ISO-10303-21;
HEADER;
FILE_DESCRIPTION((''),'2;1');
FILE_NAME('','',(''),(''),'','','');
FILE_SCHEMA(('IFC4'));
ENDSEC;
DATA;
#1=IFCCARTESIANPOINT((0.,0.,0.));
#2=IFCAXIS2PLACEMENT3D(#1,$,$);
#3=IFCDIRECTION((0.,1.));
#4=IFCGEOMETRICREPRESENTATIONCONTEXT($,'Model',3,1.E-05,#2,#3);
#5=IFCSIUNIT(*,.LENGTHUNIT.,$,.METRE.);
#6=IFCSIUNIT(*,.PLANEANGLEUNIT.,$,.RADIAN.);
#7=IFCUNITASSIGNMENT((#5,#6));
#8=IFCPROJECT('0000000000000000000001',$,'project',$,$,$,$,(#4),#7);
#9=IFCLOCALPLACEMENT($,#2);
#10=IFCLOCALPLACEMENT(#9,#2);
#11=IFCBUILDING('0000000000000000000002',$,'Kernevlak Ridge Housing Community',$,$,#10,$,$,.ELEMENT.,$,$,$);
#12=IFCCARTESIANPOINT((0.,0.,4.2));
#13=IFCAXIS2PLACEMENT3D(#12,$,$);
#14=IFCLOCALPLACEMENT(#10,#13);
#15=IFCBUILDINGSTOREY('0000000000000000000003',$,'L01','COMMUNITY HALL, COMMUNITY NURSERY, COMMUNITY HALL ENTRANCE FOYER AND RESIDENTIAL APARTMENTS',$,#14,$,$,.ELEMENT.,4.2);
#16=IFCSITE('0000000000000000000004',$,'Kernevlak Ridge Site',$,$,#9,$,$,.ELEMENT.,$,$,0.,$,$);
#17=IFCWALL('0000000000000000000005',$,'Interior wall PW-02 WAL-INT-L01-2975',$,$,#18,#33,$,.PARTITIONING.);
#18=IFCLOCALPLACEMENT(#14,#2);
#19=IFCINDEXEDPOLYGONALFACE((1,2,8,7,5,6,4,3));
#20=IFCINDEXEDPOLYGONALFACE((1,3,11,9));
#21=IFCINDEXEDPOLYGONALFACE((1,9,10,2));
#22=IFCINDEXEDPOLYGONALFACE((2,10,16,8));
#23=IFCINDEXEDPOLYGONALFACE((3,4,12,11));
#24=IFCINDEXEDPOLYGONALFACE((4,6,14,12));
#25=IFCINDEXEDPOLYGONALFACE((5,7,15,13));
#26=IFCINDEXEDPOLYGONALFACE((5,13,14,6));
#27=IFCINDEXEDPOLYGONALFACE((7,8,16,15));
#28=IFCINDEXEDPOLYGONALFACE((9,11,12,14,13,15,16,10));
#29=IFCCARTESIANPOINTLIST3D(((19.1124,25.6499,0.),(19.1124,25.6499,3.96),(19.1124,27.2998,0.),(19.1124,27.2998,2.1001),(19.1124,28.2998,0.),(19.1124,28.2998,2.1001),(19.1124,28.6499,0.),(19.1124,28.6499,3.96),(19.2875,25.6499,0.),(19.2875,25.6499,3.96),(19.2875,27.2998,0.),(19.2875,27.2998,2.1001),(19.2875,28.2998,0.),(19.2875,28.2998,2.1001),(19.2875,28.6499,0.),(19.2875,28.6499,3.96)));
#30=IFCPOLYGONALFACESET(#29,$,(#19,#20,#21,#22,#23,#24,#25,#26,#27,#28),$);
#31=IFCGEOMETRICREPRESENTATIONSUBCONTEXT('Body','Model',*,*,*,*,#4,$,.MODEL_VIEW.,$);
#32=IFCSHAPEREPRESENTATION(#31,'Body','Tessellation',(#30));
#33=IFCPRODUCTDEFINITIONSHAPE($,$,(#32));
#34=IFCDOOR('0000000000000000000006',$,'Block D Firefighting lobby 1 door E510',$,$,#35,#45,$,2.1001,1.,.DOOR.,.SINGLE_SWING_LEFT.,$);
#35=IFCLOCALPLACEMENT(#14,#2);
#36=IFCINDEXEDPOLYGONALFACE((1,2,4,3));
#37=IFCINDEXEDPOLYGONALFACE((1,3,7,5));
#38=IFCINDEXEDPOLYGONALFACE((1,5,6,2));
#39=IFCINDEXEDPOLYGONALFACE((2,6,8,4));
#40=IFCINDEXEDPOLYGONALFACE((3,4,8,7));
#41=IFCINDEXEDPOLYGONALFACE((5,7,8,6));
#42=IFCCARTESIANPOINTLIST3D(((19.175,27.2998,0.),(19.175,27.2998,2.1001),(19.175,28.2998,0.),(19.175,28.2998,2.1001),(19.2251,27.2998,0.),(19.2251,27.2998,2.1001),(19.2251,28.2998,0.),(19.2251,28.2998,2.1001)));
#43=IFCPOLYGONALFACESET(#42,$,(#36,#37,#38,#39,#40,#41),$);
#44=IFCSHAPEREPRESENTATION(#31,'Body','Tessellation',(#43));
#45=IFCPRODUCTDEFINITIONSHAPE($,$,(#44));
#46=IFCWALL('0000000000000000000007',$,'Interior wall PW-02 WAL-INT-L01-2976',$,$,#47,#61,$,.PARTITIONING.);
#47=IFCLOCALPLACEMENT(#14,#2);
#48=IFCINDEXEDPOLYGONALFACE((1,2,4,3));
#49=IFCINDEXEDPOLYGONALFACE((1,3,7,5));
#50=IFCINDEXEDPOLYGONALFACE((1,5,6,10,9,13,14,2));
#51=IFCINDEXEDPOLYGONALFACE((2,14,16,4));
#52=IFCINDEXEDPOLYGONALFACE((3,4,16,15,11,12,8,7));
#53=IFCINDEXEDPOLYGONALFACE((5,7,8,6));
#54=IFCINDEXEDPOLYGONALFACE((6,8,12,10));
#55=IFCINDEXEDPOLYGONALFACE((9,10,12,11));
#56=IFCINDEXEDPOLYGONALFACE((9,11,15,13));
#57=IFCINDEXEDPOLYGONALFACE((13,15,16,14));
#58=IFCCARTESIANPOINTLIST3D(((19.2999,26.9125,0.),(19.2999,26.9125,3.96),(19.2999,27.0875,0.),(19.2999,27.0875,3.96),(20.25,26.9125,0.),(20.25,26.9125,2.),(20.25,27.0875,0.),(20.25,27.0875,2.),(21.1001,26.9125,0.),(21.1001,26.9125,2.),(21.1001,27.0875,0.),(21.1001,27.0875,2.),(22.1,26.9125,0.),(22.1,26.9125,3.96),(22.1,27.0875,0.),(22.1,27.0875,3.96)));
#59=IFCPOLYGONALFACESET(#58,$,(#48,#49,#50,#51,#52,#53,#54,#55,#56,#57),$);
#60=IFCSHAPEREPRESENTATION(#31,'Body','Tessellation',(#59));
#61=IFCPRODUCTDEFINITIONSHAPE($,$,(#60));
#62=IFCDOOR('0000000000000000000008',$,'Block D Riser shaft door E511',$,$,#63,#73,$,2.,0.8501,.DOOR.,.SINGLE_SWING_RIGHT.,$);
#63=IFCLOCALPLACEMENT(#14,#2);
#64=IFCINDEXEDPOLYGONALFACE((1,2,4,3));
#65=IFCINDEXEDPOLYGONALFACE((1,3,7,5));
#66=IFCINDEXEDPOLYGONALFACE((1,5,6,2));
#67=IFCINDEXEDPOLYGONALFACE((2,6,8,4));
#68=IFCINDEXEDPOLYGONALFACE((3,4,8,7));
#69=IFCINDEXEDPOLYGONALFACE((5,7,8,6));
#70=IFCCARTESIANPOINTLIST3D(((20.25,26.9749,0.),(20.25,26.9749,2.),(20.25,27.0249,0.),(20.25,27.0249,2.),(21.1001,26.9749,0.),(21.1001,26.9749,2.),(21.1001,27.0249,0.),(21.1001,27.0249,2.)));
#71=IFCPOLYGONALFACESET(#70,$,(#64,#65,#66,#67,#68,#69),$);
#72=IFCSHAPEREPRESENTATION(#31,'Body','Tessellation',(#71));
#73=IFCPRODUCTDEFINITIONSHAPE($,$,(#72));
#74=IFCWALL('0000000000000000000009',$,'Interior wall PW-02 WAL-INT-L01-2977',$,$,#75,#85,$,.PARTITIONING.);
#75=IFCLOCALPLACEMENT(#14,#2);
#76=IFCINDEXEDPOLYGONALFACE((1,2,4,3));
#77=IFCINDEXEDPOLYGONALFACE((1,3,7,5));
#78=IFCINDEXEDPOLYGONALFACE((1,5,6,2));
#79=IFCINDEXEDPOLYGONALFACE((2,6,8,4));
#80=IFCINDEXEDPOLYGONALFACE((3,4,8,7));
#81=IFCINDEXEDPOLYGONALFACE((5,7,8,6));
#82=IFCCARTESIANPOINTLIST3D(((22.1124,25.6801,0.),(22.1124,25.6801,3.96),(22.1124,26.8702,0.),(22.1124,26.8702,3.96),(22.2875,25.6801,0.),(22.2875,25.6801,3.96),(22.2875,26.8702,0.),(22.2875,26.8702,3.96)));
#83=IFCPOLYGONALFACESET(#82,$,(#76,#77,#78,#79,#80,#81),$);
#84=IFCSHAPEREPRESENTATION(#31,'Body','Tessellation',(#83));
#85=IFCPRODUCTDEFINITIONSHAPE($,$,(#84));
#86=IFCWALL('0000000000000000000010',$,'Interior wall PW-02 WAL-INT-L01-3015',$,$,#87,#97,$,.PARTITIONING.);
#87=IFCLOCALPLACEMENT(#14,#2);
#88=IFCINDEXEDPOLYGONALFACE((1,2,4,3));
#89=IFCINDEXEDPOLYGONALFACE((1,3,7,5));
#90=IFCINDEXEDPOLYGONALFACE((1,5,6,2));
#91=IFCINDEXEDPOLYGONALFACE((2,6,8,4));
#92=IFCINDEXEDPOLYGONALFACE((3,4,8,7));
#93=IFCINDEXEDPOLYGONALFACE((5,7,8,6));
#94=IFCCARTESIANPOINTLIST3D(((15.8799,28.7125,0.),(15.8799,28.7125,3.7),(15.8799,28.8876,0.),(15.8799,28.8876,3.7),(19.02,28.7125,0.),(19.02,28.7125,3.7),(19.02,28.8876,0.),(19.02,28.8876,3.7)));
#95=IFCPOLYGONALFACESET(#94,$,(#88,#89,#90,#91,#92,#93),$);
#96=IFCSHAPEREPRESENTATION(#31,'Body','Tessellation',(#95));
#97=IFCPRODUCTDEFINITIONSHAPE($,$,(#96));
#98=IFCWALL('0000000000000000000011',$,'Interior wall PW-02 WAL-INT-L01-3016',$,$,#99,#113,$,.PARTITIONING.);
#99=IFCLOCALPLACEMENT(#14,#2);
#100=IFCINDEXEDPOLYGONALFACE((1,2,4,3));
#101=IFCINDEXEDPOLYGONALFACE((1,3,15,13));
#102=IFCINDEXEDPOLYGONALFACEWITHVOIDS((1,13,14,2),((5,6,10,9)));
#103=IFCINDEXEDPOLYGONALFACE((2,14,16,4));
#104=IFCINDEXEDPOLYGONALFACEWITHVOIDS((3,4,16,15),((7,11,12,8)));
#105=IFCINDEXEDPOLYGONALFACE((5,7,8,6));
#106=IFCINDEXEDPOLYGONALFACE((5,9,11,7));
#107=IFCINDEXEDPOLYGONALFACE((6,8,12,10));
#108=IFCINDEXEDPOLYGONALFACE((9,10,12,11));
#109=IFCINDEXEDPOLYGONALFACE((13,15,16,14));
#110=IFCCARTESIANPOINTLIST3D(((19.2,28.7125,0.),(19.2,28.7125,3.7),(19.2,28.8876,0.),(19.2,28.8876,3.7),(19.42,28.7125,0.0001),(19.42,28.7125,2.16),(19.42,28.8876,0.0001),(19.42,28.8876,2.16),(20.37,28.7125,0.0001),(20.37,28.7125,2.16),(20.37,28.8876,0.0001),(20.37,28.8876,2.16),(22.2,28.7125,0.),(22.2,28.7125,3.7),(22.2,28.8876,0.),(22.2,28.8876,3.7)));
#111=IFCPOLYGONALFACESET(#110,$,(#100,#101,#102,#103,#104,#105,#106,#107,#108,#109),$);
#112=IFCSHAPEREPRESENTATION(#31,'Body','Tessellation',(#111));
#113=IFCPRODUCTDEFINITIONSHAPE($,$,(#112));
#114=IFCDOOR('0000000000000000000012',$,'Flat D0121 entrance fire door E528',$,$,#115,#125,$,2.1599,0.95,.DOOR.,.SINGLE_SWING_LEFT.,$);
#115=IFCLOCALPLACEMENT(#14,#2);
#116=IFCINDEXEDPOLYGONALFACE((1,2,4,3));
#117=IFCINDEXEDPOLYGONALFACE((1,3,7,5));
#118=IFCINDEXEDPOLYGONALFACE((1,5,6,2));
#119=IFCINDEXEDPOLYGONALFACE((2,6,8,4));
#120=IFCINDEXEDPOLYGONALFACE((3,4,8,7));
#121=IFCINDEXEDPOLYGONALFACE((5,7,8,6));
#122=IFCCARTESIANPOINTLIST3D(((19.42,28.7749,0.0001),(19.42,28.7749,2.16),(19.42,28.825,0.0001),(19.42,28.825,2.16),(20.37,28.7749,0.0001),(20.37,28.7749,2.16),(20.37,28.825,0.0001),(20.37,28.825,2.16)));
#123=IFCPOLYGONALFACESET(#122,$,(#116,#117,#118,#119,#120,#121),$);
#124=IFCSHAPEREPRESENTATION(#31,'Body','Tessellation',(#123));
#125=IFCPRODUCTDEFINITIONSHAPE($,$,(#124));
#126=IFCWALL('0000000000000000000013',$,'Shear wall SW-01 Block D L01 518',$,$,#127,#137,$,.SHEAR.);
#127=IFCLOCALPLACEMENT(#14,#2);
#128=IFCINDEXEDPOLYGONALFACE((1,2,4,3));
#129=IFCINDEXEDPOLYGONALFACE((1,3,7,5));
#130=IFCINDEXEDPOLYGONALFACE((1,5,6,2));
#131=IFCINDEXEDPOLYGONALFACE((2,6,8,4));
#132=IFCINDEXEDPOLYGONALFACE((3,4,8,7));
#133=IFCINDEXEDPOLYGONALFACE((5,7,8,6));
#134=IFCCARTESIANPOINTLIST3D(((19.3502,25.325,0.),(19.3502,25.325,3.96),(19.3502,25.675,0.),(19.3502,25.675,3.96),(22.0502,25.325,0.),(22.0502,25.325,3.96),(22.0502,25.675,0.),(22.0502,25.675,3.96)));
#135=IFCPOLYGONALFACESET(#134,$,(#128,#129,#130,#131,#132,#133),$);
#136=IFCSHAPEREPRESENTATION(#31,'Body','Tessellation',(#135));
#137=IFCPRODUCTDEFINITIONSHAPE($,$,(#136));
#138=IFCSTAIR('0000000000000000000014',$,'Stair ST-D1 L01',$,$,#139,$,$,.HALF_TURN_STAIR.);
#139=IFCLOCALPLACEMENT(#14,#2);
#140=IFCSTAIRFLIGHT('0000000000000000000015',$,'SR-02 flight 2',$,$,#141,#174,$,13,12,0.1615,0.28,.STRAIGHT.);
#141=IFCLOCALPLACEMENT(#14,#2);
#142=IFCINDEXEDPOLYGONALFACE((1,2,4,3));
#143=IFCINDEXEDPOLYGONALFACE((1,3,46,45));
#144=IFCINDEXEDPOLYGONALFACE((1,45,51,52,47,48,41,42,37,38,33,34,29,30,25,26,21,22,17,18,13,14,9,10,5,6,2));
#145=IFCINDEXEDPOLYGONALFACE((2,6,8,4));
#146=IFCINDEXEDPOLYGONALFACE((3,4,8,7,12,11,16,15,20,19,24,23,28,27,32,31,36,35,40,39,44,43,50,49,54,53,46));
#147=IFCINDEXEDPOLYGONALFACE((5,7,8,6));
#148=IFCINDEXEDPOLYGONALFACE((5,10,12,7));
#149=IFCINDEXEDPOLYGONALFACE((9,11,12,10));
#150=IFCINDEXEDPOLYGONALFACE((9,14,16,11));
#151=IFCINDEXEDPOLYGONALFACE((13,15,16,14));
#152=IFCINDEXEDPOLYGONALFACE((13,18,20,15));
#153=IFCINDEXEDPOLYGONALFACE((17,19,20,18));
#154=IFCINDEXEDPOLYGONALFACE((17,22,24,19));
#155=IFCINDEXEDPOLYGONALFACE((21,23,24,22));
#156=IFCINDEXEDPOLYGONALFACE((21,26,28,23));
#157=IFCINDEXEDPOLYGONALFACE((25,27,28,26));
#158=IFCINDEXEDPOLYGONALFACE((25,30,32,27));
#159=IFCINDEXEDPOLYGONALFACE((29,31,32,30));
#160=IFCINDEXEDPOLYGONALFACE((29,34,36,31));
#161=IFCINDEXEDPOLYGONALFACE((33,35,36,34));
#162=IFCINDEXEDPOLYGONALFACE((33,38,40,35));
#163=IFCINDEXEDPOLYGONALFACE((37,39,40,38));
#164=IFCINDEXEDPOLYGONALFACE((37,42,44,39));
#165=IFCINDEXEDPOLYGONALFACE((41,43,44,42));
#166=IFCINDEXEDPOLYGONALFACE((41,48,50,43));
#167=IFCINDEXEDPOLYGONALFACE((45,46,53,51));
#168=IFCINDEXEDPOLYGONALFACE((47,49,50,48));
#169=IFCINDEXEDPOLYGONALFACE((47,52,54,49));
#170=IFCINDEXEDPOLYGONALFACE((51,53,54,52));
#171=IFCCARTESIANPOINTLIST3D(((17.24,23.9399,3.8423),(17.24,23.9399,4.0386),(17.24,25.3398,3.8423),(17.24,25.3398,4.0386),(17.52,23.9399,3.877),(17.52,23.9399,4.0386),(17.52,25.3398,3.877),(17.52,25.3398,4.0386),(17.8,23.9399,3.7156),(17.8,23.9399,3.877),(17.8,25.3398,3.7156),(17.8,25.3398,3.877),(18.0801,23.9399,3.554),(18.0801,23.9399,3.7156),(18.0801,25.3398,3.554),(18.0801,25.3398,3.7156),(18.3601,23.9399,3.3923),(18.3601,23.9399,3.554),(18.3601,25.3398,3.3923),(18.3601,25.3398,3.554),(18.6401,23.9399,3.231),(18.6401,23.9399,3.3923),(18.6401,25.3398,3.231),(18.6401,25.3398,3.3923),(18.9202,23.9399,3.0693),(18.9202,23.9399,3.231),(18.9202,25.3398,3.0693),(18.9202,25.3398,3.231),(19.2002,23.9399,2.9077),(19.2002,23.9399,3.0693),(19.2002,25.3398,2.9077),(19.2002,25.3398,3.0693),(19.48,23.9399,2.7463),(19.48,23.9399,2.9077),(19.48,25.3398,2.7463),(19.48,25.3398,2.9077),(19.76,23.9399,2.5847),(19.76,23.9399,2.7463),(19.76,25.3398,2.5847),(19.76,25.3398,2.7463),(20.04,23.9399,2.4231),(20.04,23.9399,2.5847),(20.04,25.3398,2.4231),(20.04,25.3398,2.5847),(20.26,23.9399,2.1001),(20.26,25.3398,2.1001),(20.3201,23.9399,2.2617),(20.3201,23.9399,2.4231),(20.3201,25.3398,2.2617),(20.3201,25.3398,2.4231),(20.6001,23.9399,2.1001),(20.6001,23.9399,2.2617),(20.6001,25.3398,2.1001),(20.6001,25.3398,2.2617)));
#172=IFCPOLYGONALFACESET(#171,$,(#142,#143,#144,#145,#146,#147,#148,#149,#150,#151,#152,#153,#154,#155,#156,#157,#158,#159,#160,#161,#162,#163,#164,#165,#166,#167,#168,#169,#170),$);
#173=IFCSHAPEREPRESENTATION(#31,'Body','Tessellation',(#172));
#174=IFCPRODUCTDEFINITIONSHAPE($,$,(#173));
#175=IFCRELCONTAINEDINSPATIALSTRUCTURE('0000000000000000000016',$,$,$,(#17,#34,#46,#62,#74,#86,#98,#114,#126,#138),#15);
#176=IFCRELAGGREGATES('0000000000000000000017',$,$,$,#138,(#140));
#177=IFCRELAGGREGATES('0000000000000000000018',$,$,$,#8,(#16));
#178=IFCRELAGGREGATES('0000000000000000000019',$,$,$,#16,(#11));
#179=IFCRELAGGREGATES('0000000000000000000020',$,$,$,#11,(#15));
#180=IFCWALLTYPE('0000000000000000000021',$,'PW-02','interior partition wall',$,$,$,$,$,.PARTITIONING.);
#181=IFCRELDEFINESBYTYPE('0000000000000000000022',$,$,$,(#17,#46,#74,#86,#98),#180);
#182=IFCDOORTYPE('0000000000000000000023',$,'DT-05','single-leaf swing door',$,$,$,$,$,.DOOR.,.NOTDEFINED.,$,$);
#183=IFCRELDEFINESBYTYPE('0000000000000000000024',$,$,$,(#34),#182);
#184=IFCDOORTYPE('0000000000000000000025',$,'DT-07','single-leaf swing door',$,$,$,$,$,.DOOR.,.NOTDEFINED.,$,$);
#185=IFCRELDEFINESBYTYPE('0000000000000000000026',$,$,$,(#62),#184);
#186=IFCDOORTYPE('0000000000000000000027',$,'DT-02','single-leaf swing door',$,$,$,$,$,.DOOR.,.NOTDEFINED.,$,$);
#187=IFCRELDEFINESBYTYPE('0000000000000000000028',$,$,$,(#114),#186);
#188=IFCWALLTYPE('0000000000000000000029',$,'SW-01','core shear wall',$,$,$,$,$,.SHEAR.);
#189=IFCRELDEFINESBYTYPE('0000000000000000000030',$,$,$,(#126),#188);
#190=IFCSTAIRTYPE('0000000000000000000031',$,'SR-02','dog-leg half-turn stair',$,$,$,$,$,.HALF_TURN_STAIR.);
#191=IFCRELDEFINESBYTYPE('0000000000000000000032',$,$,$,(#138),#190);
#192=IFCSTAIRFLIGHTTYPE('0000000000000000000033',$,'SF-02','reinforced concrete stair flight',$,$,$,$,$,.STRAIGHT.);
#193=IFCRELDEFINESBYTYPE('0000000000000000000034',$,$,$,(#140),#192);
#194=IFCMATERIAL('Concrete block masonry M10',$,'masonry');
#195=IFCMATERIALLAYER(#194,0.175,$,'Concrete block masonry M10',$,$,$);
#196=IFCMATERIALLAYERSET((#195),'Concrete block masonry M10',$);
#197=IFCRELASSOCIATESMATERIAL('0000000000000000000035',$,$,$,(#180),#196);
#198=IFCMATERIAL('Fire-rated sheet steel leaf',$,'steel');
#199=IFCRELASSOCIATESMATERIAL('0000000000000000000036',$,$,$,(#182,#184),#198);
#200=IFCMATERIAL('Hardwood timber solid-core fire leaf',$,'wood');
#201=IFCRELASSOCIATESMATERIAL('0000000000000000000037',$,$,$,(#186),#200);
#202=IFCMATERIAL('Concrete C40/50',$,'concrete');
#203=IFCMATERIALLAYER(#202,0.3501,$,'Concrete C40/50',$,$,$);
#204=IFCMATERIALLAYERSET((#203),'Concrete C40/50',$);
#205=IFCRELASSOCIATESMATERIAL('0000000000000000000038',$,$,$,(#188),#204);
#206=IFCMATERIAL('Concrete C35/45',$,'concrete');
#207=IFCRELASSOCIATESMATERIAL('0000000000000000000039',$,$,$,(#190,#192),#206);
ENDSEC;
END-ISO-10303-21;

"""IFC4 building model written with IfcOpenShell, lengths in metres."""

from ifc_helpers import new_model, si_unit, direction, frame, frame_2d, origin, place, context, subcontext, project, spatial, polyline, rectangle, outline, extrude, material, layer, layer_set, type_object, element, fill, aggregate, save


model = new_model("IFC4")

# Units and contexts
model_context = context("Model", 3, precision=1e-05, world=origin(), true_north=direction((0.0, 1.0)))
body_context = subcontext(model_context, "Body", "Model", "MODEL_VIEW")
ifc_project = project(units=[si_unit("LENGTHUNIT", "METRE"), si_unit("PLANEANGLEUNIT", "RADIAN")], contexts=[model_context])

# Site, building, storey
site_placement = place(None, origin())
site = spatial("IfcSite", under=ifc_project, at=site_placement, Name="Kernevlak Ridge Site", CompositionType="ELEMENT", RefElevation=0.0)
building_placement = place(site_placement, origin())
building = spatial("IfcBuilding", under=site, at=building_placement, Name="Kernevlak Ridge Housing Community", CompositionType="ELEMENT")
storey_placement = place(building_placement, frame((0.0, 0.0, 4.2)))
storey = spatial("IfcBuildingStorey", under=building, at=storey_placement, Name="L01", Description="COMMUNITY HALL, COMMUNITY NURSERY, COMMUNITY HALL ENTRANCE FOYER AND RESIDENTIAL APARTMENTS", CompositionType="ELEMENT", Elevation=4.2)

# Shared definitions
ifc_material_1 = material(Name="Concrete C35/45", Category="concrete")

# Walls, openings, doors
ifc_material_2 = material(Name="Fire-rated sheet steel leaf", Category="steel")
ifc_material_3 = material(Name="Concrete block masonry M10", Category="masonry")
ifc_layer_1 = layer(ifc_material_3, 0.175, Name="Concrete block masonry M10")
ifc_layer_set_1 = layer_set([ifc_layer_1], Name="Concrete block masonry M10")
wall_type_1 = type_object("IfcWallType", Name="PW-02", Description="interior partition wall", PredefinedType="PARTITIONING", material=ifc_layer_set_1)
wall_1_placement = place(storey_placement, frame((19.2, 25.6499, 0.0), z_axis=(0.0, 0.0, 1.0), x_axis=(0.0, 1.0, 0.0)))
wall_1 = element("IfcWall", 1, at=wall_1_placement, inside=storey, type_object=wall_type_1, Name="Interior wall PW-02 WAL-INT-L01-2975", PredefinedType="PARTITIONING", context=body_context, shape_type="SweptSolid", body=[
    extrude(rectangle(XDim=3.0, YDim=0.175, at=frame_2d((1.5, 0.0))), origin(), (0.0, 0.0, 1.0), 3.96),
])
opening_1_placement = place(wall_1_placement, frame((1.6499, 0.0, 0.0)))
opening_1 = element("IfcOpeningElement", 2, at=opening_1_placement, cuts=wall_1, PredefinedType="OPENING", context=body_context, shape_type="SweptSolid", body=[
    extrude(rectangle(XDim=1.0, YDim=2.1001, at=frame_2d((0.5, 1.05))), frame((0.0, 0.0974, 0.0), z_axis=(0.0, -1.0, 0.0), x_axis=(1.0, 0.0, 0.0)), (0.0, 0.0, 1.0), 0.1951),
])
door_type_1 = type_object("IfcDoorType", Name="DT-05", Description="single-leaf swing door", OperationType="NOTDEFINED", PredefinedType="DOOR", material=ifc_material_2)
door_1_placement = place(opening_1_placement, origin())
door_1 = element("IfcDoor", 3, at=door_1_placement, inside=storey, type_object=door_type_1, Name="Block D Firefighting lobby 1 door E510", OperationType="SINGLE_SWING_LEFT", OverallHeight=2.1001, OverallWidth=1.0, PredefinedType="DOOR", context=body_context, shape_type="SweptSolid", body=[
    extrude(rectangle(XDim=1.0, YDim=2.1001, at=frame_2d((0.5, 1.05))), frame((0.0, 0.0249, 0.0), z_axis=(0.0, -1.0, 0.0), x_axis=(1.0, 0.0, 0.0)), (0.0, 0.0, 1.0), 0.05),
])
fill(opening_1, door_1)
wall_2_placement = place(storey_placement, frame((19.3, 27.0, 0.0), z_axis=(0.0, 0.0, 1.0), x_axis=(1.0, 0.0, 0.0)))
wall_2 = element("IfcWall", 4, at=wall_2_placement, inside=storey, type_object=wall_type_1, Name="Interior wall PW-02 WAL-INT-L01-2976", PredefinedType="PARTITIONING", context=body_context, shape_type="SweptSolid", body=[
    extrude(rectangle(XDim=2.8, YDim=0.175, at=frame_2d((1.3999, 0.0))), origin(), (0.0, 0.0, 1.0), 3.96),
])
opening_2_placement = place(wall_2_placement, frame((0.95, 0.0, 0.0)))
opening_2 = element("IfcOpeningElement", 5, at=opening_2_placement, cuts=wall_2, PredefinedType="OPENING", context=body_context, shape_type="SweptSolid", body=[
    extrude(rectangle(XDim=0.8501, YDim=2.0, at=frame_2d((0.425, 1.0))), frame((0.0, 0.0974, 0.0), z_axis=(0.0, -1.0, 0.0), x_axis=(1.0, 0.0, 0.0)), (0.0, 0.0, 1.0), 0.1951),
])
door_type_2 = type_object("IfcDoorType", Name="DT-07", Description="single-leaf swing door", OperationType="NOTDEFINED", PredefinedType="DOOR", material=ifc_material_2)
door_2_placement = place(opening_2_placement, origin())
door_2 = element("IfcDoor", 6, at=door_2_placement, inside=storey, type_object=door_type_2, Name="Block D Riser shaft door E511", OperationType="SINGLE_SWING_RIGHT", OverallHeight=2.0, OverallWidth=0.8501, PredefinedType="DOOR", context=body_context, shape_type="SweptSolid", body=[
    extrude(rectangle(XDim=0.8501, YDim=2.0, at=frame_2d((0.425, 1.0))), frame((0.0, 0.0249, 0.0), z_axis=(0.0, -1.0, 0.0), x_axis=(1.0, 0.0, 0.0)), (0.0, 0.0, 1.0), 0.05),
])
fill(opening_2, door_2)

# Walls
wall_3_placement = place(storey_placement, frame((22.2, 25.6799, 0.0), z_axis=(0.0, 0.0, 1.0), x_axis=(0.0, 1.0, 0.0)))
element("IfcWall", 7, at=wall_3_placement, inside=storey, type_object=wall_type_1, Name="Interior wall PW-02 WAL-INT-L01-2977", PredefinedType="PARTITIONING", context=body_context, shape_type="SweptSolid", body=[
    extrude(rectangle(XDim=1.1902, YDim=0.175, at=frame_2d((0.5952, 0.0))), origin(), (0.0, 0.0, 1.0), 3.96),
])
wall_4_placement = place(storey_placement, frame((15.8799, 28.8, 0.0), z_axis=(0.0, 0.0, 1.0), x_axis=(1.0, 0.0, 0.0)))
element("IfcWall", 8, at=wall_4_placement, inside=storey, type_object=wall_type_1, Name="Interior wall PW-02 WAL-INT-L01-3015", PredefinedType="PARTITIONING", context=body_context, shape_type="SweptSolid", body=[
    extrude(rectangle(XDim=3.1401, YDim=0.175, at=frame_2d((1.5701, 0.0))), origin(), (0.0, 0.0, 1.0), 3.7),
])

# Wall, opening, door
wall_5_placement = place(storey_placement, frame((19.2, 28.8, 0.0), z_axis=(0.0, 0.0, 1.0), x_axis=(1.0, 0.0, 0.0)))
wall_5 = element("IfcWall", 9, at=wall_5_placement, inside=storey, type_object=wall_type_1, Name="Interior wall PW-02 WAL-INT-L01-3016", PredefinedType="PARTITIONING", context=body_context, shape_type="SweptSolid", body=[
    extrude(rectangle(XDim=3.0, YDim=0.175, at=frame_2d((1.5, 0.0))), origin(), (0.0, 0.0, 1.0), 3.7),
])
opening_3_placement = place(wall_5_placement, frame((0.22, 0.0, 0.0)))
opening_3 = element("IfcOpeningElement", 10, at=opening_3_placement, cuts=wall_5, PredefinedType="OPENING", context=body_context, shape_type="SweptSolid", body=[
    extrude(rectangle(XDim=0.95, YDim=2.1599, at=frame_2d((0.4751, 1.0801))), frame((0.0, 0.0974, 0.0), z_axis=(0.0, -1.0, 0.0), x_axis=(1.0, 0.0, 0.0)), (0.0, 0.0, 1.0), 0.1951),
])
ifc_material_4 = material(Name="Hardwood timber solid-core fire leaf", Category="wood")
door_type_3 = type_object("IfcDoorType", Name="DT-02", Description="single-leaf swing door", OperationType="NOTDEFINED", PredefinedType="DOOR", material=ifc_material_4)
door_3_placement = place(opening_3_placement, origin())
door_3 = element("IfcDoor", 11, at=door_3_placement, inside=storey, type_object=door_type_3, Name="Flat D0121 entrance fire door E528", OperationType="SINGLE_SWING_LEFT", OverallHeight=2.1599, OverallWidth=0.95, PredefinedType="DOOR", context=body_context, shape_type="SweptSolid", body=[
    extrude(rectangle(XDim=0.95, YDim=2.1599, at=frame_2d((0.4751, 1.0801))), frame((0.0, 0.0249, 0.0), z_axis=(0.0, -1.0, 0.0), x_axis=(1.0, 0.0, 0.0)), (0.0, 0.0, 1.0), 0.05),
])
fill(opening_3, door_3)

# Wall
ifc_material_5 = material(Name="Concrete C40/50", Category="concrete")
ifc_layer_2 = layer(ifc_material_5, 0.3501, Name="Concrete C40/50")
ifc_layer_set_2 = layer_set([ifc_layer_2], Name="Concrete C40/50")
wall_type_2 = type_object("IfcWallType", Name="SW-01", Description="core shear wall", PredefinedType="SHEAR", material=ifc_layer_set_2)
wall_6_placement = place(storey_placement, frame((19.3501, 25.5, 0.0), z_axis=(0.0, 0.0, 1.0), x_axis=(1.0, 0.0, 0.0)))
element("IfcWall", 12, at=wall_6_placement, inside=storey, type_object=wall_type_2, Name="Shear wall SW-01 Block D L01 518", PredefinedType="SHEAR", context=body_context, shape_type="SweptSolid", body=[
    extrude(rectangle(XDim=2.7, YDim=0.3501, at=frame_2d((1.3501, 0.0))), origin(), (0.0, 0.0, 1.0), 3.96),
])

# Stair, stair flight
stair_type = type_object("IfcStairType", Name="SR-02", Description="dog-leg half-turn stair", PredefinedType="HALF_TURN_STAIR", material=ifc_material_1)
stair_placement = place(storey_placement, origin())
stair = element("IfcStair", 13, at=stair_placement, inside=storey, type_object=stair_type, Name="Stair ST-D1 L01", PredefinedType="HALF_TURN_STAIR")
stair_flight_type = type_object("IfcStairFlightType", Name="SF-02", Description="reinforced concrete stair flight", PredefinedType="STRAIGHT", material=ifc_material_1)
stair_flight_placement = place(storey_placement, frame((20.6001, 24.6399, 2.1001), z_axis=(0.0, 0.0, 1.0), x_axis=(-1.0, 0.0, 0.0)))
stair_flight = element("IfcStairFlight", 14, at=stair_flight_placement, type_object=stair_flight_type, Name="SR-02 flight 2", NumberOfRisers=13, NumberOfTreads=12, PredefinedType="STRAIGHT", RiserHeight=0.1615, TreadLength=0.28, context=body_context, shape_type="SweptSolid", body=[
    extrude(outline(polyline([(0.0, 0.0), (0.0, 0.1616), (0.28, 0.1616), (0.28, 0.323), (0.5601, 0.323), (0.5601, 0.4846), (0.8401, 0.4846), (0.8401, 0.6462), (1.1201, 0.6462), (1.1201, 0.8076), (1.3999, 0.8076), (1.3999, 0.9692), (1.6799, 0.9692), (1.6799, 1.1309), (1.96, 1.1309), (1.96, 1.2922), (2.24, 1.2922), (2.24, 1.4539), (2.52, 1.4539), (2.52, 1.6155), (2.8, 1.6155), (2.8, 1.7769), (3.0801, 1.7769), (3.0801, 1.9385), (3.3601, 1.9385), (3.3601, 2.1001), (3.3601, 1.7422), (0.3401, 0.0), (0.0, 0.0)])), frame((0.0, 0.7, 0.0), z_axis=(0.0, -1.0, 0.0), x_axis=(1.0, 0.0, 0.0)), (0.0, 0.0, 1.0), 1.3999),
])
aggregate(stair, [stair_flight])

save(model, "model.ifc")
